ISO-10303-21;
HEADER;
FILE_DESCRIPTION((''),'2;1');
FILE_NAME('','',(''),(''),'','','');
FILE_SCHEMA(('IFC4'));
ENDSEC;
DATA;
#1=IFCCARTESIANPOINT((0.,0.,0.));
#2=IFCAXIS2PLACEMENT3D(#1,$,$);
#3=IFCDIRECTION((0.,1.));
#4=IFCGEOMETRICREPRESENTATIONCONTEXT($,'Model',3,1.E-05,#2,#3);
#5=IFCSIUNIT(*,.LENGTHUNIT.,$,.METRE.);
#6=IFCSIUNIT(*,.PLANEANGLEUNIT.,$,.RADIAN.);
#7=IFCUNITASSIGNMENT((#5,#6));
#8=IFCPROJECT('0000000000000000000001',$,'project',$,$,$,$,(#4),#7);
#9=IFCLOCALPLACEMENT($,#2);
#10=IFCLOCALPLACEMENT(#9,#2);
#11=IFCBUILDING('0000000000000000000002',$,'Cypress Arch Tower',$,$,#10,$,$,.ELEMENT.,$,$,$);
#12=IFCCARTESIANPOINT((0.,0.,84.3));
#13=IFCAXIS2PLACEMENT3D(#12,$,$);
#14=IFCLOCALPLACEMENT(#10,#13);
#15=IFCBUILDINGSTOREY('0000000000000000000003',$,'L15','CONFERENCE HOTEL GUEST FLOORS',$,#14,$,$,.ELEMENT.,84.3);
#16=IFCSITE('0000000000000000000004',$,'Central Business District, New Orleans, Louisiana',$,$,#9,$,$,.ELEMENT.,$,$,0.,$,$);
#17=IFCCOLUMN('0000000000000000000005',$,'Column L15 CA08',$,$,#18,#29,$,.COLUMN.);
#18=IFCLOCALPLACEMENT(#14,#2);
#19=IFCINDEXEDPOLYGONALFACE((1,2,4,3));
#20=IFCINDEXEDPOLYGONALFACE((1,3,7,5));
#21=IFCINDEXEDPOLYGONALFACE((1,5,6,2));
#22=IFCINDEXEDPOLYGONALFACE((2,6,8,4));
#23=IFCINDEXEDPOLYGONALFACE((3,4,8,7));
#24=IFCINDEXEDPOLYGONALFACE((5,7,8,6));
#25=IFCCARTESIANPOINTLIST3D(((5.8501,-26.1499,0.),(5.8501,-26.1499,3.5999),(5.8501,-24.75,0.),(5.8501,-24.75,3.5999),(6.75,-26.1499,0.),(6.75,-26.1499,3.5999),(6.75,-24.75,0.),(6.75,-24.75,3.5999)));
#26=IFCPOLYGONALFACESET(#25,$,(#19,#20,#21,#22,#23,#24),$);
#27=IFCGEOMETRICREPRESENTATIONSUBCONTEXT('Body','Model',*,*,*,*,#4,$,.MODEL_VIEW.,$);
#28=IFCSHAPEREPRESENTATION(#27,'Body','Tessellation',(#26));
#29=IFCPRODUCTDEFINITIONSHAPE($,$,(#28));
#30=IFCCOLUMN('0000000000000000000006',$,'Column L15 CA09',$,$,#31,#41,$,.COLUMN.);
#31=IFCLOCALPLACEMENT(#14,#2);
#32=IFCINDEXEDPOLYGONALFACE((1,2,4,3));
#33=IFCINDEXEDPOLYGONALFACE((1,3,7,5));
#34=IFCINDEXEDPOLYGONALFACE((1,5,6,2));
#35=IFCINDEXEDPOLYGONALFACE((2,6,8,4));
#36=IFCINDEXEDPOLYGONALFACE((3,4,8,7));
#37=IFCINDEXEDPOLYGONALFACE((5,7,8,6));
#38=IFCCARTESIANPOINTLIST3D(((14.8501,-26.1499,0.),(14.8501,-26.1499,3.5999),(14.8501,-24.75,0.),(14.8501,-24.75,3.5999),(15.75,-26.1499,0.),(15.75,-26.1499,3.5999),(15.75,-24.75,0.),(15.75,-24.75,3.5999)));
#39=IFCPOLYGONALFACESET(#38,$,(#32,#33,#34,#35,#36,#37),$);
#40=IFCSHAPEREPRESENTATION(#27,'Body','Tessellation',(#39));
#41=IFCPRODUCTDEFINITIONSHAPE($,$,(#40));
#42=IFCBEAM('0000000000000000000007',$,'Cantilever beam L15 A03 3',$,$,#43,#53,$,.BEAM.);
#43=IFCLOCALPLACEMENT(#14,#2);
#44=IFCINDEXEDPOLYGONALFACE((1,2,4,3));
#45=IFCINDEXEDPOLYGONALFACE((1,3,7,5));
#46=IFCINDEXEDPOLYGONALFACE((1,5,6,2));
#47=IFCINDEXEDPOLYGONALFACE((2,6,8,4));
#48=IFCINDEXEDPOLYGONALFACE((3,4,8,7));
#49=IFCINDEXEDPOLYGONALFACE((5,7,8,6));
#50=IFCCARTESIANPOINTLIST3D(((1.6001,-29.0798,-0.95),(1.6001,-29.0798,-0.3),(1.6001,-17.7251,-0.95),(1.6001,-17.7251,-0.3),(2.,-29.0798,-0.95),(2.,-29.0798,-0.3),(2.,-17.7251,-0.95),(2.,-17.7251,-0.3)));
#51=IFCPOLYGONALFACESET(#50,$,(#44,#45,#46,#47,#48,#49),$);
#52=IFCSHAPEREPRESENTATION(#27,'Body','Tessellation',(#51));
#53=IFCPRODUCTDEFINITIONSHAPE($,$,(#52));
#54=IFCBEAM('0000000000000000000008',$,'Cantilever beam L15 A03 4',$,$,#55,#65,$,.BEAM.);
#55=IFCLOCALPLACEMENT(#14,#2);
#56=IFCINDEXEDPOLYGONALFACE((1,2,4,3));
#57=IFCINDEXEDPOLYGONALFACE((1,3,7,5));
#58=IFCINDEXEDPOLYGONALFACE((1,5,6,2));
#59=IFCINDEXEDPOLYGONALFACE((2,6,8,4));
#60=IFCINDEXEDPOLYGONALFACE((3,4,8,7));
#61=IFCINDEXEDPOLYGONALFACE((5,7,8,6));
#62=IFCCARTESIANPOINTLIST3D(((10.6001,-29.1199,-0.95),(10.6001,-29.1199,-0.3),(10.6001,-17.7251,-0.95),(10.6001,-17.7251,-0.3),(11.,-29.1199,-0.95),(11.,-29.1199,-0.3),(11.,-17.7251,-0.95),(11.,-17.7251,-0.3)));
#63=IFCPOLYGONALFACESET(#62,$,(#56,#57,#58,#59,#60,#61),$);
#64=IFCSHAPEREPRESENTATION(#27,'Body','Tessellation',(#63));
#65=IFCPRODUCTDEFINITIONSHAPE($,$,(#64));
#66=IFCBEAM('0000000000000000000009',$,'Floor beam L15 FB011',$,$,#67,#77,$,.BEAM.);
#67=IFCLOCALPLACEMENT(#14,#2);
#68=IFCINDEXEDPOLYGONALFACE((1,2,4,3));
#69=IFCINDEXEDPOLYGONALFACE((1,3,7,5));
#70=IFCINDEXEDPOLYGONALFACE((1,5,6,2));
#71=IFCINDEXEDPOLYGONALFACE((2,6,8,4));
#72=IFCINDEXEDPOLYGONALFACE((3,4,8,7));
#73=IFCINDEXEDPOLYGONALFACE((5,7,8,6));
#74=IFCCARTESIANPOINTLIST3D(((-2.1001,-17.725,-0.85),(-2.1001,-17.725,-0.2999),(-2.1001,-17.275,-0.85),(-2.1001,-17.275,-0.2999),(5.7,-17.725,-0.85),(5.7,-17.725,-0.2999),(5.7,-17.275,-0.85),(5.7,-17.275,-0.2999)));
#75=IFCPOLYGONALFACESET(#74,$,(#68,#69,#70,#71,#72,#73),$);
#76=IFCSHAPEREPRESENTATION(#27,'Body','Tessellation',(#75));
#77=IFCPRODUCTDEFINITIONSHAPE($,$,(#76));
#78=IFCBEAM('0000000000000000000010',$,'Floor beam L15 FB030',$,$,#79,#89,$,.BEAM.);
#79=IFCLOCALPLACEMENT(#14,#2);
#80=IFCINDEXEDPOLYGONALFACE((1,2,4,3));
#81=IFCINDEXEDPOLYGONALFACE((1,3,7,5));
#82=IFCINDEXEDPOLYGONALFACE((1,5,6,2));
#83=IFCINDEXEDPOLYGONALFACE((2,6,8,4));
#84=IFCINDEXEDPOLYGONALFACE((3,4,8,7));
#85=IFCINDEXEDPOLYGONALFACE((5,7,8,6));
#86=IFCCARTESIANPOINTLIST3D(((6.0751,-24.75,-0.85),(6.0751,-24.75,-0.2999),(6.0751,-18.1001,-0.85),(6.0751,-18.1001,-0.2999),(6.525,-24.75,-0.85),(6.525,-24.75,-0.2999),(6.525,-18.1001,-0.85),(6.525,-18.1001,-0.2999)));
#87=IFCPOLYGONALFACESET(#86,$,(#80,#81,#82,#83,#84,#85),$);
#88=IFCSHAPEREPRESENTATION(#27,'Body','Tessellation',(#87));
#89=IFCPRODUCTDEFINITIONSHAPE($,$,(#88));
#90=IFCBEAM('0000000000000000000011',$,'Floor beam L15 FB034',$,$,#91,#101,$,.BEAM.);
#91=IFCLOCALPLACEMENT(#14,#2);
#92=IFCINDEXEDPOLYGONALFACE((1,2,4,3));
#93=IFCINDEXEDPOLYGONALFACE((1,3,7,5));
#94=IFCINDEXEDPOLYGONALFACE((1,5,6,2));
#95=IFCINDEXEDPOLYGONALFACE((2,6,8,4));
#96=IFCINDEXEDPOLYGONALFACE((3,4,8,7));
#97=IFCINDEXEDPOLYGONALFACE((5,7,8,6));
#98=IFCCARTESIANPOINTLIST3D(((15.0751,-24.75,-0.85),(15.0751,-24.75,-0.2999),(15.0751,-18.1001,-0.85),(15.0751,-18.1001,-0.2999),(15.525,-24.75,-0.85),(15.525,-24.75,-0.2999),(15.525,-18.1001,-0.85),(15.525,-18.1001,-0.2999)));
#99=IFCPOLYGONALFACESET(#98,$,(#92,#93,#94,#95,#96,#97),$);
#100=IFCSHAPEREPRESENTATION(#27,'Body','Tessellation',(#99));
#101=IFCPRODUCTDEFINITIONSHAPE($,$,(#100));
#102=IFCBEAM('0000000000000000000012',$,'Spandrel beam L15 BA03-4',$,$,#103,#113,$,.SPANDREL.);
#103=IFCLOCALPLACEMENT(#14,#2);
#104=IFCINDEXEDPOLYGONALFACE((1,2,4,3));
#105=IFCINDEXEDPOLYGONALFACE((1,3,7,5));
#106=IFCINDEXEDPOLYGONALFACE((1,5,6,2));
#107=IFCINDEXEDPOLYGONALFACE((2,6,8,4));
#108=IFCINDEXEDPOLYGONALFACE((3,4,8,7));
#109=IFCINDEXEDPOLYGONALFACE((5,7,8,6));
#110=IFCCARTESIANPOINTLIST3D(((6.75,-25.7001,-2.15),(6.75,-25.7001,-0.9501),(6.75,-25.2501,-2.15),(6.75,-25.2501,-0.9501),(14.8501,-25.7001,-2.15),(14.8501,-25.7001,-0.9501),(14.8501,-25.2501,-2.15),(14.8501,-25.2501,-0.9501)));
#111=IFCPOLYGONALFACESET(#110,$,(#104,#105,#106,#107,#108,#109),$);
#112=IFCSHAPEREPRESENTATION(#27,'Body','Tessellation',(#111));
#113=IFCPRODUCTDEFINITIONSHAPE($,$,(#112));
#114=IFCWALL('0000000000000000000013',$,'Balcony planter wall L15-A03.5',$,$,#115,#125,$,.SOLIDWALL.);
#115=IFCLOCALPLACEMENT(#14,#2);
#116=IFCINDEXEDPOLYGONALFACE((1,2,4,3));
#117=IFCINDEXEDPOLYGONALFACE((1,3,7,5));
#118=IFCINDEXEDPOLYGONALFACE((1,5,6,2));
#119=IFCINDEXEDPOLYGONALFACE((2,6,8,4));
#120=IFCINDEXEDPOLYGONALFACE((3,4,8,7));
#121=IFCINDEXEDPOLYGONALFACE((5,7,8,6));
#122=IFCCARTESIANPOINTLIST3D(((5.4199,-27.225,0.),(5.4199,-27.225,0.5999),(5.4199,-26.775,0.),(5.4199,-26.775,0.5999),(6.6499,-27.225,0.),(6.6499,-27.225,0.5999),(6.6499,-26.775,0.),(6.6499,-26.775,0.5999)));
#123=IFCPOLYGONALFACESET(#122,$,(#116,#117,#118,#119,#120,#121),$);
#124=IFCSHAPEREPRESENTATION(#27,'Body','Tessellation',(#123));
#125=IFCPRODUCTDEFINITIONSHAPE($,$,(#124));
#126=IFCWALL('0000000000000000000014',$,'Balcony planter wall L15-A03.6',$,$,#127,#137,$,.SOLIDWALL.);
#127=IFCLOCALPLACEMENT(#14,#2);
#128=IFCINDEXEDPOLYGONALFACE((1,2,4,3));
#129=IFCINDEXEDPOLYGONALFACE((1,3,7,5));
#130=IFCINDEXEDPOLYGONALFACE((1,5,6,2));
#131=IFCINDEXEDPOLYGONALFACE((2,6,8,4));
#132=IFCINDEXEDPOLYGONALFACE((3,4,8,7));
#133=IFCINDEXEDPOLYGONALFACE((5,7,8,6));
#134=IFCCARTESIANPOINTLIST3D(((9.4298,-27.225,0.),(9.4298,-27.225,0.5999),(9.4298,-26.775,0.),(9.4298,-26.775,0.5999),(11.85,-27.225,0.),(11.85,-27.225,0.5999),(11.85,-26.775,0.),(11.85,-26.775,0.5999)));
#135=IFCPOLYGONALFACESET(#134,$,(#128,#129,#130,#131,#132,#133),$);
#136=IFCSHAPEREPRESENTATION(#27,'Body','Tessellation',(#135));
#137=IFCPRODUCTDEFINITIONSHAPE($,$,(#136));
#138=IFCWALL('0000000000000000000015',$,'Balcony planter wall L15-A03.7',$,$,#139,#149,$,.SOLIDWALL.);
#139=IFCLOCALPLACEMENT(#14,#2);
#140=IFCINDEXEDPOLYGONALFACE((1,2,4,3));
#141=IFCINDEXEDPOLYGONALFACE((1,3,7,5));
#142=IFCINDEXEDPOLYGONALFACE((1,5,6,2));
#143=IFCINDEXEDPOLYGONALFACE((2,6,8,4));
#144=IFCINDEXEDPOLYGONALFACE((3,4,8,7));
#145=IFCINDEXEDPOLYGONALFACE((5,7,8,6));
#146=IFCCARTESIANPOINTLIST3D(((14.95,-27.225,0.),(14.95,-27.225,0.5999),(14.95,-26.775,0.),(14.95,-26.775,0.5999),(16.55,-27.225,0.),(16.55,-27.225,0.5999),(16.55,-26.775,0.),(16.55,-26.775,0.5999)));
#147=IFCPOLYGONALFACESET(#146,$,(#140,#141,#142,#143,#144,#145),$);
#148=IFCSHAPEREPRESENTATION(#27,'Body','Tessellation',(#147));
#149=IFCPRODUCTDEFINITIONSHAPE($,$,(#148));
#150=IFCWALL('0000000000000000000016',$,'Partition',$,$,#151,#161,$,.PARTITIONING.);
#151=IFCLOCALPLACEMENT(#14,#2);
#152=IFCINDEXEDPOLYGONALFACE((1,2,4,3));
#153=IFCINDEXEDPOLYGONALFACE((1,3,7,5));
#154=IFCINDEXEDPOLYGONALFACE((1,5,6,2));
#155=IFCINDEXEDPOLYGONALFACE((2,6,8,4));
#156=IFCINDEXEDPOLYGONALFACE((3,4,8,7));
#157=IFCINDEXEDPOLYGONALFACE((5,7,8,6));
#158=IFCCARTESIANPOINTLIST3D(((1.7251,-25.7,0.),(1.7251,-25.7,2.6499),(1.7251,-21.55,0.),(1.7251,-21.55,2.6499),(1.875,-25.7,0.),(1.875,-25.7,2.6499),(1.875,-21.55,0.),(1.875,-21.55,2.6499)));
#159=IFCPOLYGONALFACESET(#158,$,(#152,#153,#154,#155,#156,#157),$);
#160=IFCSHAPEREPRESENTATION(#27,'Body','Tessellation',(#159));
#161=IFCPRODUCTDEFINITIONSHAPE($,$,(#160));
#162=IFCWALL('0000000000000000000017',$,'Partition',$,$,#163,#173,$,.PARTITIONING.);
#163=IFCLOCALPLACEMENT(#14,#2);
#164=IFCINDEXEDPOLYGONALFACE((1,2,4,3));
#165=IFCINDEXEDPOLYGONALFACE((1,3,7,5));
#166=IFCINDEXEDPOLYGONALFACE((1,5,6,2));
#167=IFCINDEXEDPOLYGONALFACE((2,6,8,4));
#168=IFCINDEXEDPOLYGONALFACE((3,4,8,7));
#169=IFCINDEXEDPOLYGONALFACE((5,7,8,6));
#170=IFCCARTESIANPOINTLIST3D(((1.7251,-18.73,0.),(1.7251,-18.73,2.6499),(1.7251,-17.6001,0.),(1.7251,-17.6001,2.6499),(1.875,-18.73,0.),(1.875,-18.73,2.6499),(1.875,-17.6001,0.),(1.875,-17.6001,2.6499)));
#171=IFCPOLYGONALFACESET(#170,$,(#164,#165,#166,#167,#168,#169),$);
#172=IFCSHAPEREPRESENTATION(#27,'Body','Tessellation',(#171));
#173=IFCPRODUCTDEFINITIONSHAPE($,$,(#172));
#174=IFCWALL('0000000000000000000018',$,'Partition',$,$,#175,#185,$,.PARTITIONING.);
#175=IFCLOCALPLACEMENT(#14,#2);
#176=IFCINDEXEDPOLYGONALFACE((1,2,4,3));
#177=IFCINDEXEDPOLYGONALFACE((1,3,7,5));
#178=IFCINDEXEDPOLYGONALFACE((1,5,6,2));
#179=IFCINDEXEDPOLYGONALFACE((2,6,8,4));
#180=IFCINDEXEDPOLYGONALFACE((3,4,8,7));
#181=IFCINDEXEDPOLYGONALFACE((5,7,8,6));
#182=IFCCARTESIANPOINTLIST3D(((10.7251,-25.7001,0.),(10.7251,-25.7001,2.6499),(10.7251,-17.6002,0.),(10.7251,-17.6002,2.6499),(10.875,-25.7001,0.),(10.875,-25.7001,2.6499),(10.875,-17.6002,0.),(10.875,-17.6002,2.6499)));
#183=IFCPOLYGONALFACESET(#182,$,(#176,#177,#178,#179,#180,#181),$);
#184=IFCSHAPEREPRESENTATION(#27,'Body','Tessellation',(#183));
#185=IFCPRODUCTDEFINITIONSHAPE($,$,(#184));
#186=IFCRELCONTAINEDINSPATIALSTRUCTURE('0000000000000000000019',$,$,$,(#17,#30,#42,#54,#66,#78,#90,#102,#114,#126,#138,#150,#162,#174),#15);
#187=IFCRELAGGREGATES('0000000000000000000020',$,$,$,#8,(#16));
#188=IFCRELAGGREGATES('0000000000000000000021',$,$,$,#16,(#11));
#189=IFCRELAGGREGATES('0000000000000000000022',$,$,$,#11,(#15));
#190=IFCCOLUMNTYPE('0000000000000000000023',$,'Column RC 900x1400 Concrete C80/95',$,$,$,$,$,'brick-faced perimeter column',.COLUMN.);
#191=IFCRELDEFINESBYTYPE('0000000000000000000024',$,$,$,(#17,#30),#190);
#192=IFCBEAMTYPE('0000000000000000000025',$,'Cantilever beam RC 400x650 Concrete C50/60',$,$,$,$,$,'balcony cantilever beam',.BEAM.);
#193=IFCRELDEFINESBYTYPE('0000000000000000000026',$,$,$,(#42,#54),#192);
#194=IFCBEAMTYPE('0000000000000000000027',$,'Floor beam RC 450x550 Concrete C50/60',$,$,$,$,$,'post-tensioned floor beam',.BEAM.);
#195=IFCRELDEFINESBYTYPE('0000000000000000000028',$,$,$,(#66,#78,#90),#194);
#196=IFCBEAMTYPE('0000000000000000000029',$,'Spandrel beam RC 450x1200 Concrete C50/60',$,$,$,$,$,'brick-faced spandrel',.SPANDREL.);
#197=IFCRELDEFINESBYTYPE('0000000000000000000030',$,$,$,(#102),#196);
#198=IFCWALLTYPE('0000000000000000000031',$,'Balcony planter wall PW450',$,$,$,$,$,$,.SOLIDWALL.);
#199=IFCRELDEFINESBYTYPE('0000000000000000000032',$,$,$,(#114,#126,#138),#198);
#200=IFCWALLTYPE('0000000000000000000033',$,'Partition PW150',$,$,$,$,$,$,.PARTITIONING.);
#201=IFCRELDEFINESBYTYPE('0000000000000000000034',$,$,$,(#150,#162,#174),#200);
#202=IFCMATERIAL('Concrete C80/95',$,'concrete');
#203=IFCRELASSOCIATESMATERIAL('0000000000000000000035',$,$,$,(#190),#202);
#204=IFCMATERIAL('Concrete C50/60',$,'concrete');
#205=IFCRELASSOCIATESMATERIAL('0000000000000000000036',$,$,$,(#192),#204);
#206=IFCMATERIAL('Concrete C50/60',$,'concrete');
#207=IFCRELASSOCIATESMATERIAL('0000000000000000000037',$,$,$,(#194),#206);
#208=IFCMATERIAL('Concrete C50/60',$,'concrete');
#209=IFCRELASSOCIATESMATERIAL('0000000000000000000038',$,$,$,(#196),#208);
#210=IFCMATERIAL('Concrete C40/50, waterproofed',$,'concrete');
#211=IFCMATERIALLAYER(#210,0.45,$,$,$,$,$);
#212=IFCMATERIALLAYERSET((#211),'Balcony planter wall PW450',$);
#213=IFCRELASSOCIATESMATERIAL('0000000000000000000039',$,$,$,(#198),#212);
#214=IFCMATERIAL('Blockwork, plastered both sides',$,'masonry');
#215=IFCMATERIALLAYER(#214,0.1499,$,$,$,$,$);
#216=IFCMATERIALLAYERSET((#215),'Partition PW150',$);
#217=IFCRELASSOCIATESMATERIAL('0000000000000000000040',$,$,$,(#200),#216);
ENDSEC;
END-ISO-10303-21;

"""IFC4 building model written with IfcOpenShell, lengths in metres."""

from ifc_helpers import new_model, si_unit, direction, frame, frame_2d, origin, origin_2d, place, context, subcontext, project, spatial, rectangle, extrude, material, layer, layer_set, material_profile, profile_set, type_object, element, save


model = new_model("IFC4")

# Units and contexts
model_context = context("Model", 3, precision=1e-05, world=origin(), true_north=direction((0.0, 1.0)))
body_context = subcontext(model_context, "Body", "Model", "MODEL_VIEW")
ifc_project = project(units=[si_unit("LENGTHUNIT", "METRE"), si_unit("PLANEANGLEUNIT", "RADIAN")], contexts=[model_context])

# Site, building, storey
site_placement = place(None, origin())
site = spatial("IfcSite", under=ifc_project, at=site_placement, Name="Central Business District, New Orleans, Louisiana", CompositionType="ELEMENT", RefElevation=0.0)
building_placement = place(site_placement, origin())
building = spatial("IfcBuilding", under=site, at=building_placement, Name="Cypress Arch Tower", CompositionType="ELEMENT")
storey_placement = place(building_placement, frame((0.0, 0.0, 84.3)))
storey = spatial("IfcBuildingStorey", under=building, at=storey_placement, Name="L15", Description="CONFERENCE HOTEL GUEST FLOORS", CompositionType="ELEMENT", Elevation=84.3)

# Columns
ifc_material_1 = material(Name="Concrete C80/95", Category="concrete")
ifc_material_profile_1 = material_profile(ifc_material_1, rectangle(XDim=0.8999, YDim=1.3999, at=origin_2d()), Name="RC 900x1400")
ifc_profile_set_1 = profile_set([ifc_material_profile_1], Name="Concrete C80/95")
column_type = type_object("IfcColumnType", Name="Column RC 900x1400 Concrete C80/95", ElementType="brick-faced perimeter column", PredefinedType="COLUMN", material=ifc_profile_set_1)
for number, where, z_axis, x_axis, name in (
    (1, (6.3, -25.45, 0.0), (0.0, 0.0, 1.0), (1.0, 0.0, 0.0), "Column L15 CA08"),
    (2, (15.3, -25.45, 0.0), (0.0, 0.0, 1.0), (1.0, 0.0, 0.0), "Column L15 CA09"),
):
    element("IfcColumn", number, at=place(storey_placement, frame(where, z_axis=z_axis, x_axis=x_axis)), inside=storey, type_object=column_type, Name=name, PredefinedType="COLUMN", context=body_context, shape_type="SweptSolid", body=[
        extrude(rectangle(XDim=0.8999, YDim=1.3999, at=origin_2d()), origin(), (0.0, 0.0, 1.0), 3.5999),
    ])

# Beams
ifc_material_2 = material(Name="Concrete C50/60", Category="concrete")
ifc_material_profile_2 = material_profile(ifc_material_2, rectangle(XDim=0.3999, YDim=0.6499, at=origin_2d()), Name="RC 400x650")
ifc_profile_set_2 = profile_set([ifc_material_profile_2], Name="Concrete C50/60")
beam_type_1 = type_object("IfcBeamType", Name="Cantilever beam RC 400x650 Concrete C50/60", ElementType="balcony cantilever beam", PredefinedType="BEAM", material=ifc_profile_set_2)
beam_1_placement = place(storey_placement, frame((1.8, -17.7251, -0.625), z_axis=(0.0, -1.0, 0.0), x_axis=(1.0, 0.0, 0.0)))
element("IfcBeam", 3, at=beam_1_placement, inside=storey, type_object=beam_type_1, Name="Cantilever beam L15 A03 3", PredefinedType="BEAM", context=body_context, shape_type="SweptSolid", body=[
    extrude(rectangle(XDim=0.3999, YDim=0.6499, at=origin_2d()), origin(), (0.0, 0.0, 1.0), 11.3547),
])
beam_2_placement = place(storey_placement, frame((10.8, -17.7251, -0.625), z_axis=(0.0, -1.0, 0.0), x_axis=(1.0, 0.0, 0.0)))
element("IfcBeam", 4, at=beam_2_placement, inside=storey, type_object=beam_type_1, Name="Cantilever beam L15 A03 4", PredefinedType="BEAM", context=body_context, shape_type="SweptSolid", body=[
    extrude(rectangle(XDim=0.3999, YDim=0.6499, at=origin_2d()), origin(), (0.0, 0.0, 1.0), 11.3948),
])
ifc_material_3 = material(Name="Concrete C50/60", Category="concrete")
ifc_material_profile_3 = material_profile(ifc_material_3, rectangle(XDim=0.45, YDim=0.55, at=origin_2d()), Name="RC 450x550")
ifc_profile_set_3 = profile_set([ifc_material_profile_3], Name="Concrete C50/60")
beam_type_2 = type_object("IfcBeamType", Name="Floor beam RC 450x550 Concrete C50/60", ElementType="post-tensioned floor beam", PredefinedType="BEAM", material=ifc_profile_set_3)
beam_3_placement = place(storey_placement, frame((-2.1001, -17.5, -0.575), z_axis=(1.0, 0.0, 0.0), x_axis=(0.0, 1.0, 0.0)))
element("IfcBeam", 5, at=beam_3_placement, inside=storey, type_object=beam_type_2, Name="Floor beam L15 FB011", PredefinedType="BEAM", context=body_context, shape_type="SweptSolid", body=[
    extrude(rectangle(XDim=0.45, YDim=0.55, at=origin_2d()), origin(), (0.0, 0.0, 1.0), 7.8),
])
for number, where, z_axis, x_axis, name in (
    (6, (6.3, -24.75, -0.575), (0.0, 1.0, 0.0), (-1.0, 0.0, 0.0), "Floor beam L15 FB030"),
    (7, (15.3, -24.75, -0.575), (0.0, 1.0, 0.0), (-1.0, 0.0, 0.0), "Floor beam L15 FB034"),
):
    element("IfcBeam", number, at=place(storey_placement, frame(where, z_axis=z_axis, x_axis=x_axis)), inside=storey, type_object=beam_type_2, Name=name, PredefinedType="BEAM", context=body_context, shape_type="SweptSolid", body=[
        extrude(rectangle(XDim=0.45, YDim=0.55, at=origin_2d()), origin(), (0.0, 0.0, 1.0), 6.6499),
    ])
ifc_material_4 = material(Name="Concrete C50/60", Category="concrete")
ifc_material_profile_4 = material_profile(ifc_material_4, rectangle(XDim=0.45, YDim=1.2, at=origin_2d()), Name="RC 450x1200")
ifc_profile_set_4 = profile_set([ifc_material_profile_4], Name="Concrete C50/60")
beam_type_3 = type_object("IfcBeamType", Name="Spandrel beam RC 450x1200 Concrete C50/60", ElementType="brick-faced spandrel", PredefinedType="SPANDREL", material=ifc_profile_set_4)
beam_4_placement = place(storey_placement, frame((6.75, -25.4751, -1.55), z_axis=(1.0, 0.0, 0.0), x_axis=(0.0, 1.0, 0.0)))
element("IfcBeam", 8, at=beam_4_placement, inside=storey, type_object=beam_type_3, Name="Spandrel beam L15 BA03-4", PredefinedType="SPANDREL", context=body_context, shape_type="SweptSolid", body=[
    extrude(rectangle(XDim=0.45, YDim=1.2, at=origin_2d()), origin(), (0.0, 0.0, 1.0), 8.1001),
])

# Walls
ifc_material_5 = material(Name="Concrete C40/50, waterproofed", Category="concrete")
ifc_layer_1 = layer(ifc_material_5, 0.45)
ifc_layer_set_1 = layer_set([ifc_layer_1], Name="Balcony planter wall PW450")
wall_type_1 = type_object("IfcWallType", Name="Balcony planter wall PW450", PredefinedType="SOLIDWALL", material=ifc_layer_set_1)
wall_1_placement = place(storey_placement, frame((5.4199, -27.0, 0.0), z_axis=(0.0, 0.0, 1.0), x_axis=(1.0, 0.0, 0.0)))
element("IfcWall", 9, at=wall_1_placement, inside=storey, type_object=wall_type_1, Name="Balcony planter wall L15-A03.5", PredefinedType="SOLIDWALL", context=body_context, shape_type="SweptSolid", body=[
    extrude(rectangle(XDim=1.23, YDim=0.45, at=frame_2d((0.615, 0.0))), origin(), (0.0, 0.0, 1.0), 0.5999),
])
wall_2_placement = place(storey_placement, frame((9.4299, -27.0, 0.0), z_axis=(0.0, 0.0, 1.0), x_axis=(1.0, 0.0, 0.0)))
element("IfcWall", 10, at=wall_2_placement, inside=storey, type_object=wall_type_1, Name="Balcony planter wall L15-A03.6", PredefinedType="SOLIDWALL", context=body_context, shape_type="SweptSolid", body=[
    extrude(rectangle(XDim=2.4202, YDim=0.45, at=frame_2d((1.21, 0.0))), origin(), (0.0, 0.0, 1.0), 0.5999),
])
wall_3_placement = place(storey_placement, frame((14.95, -27.0, 0.0), z_axis=(0.0, 0.0, 1.0), x_axis=(1.0, 0.0, 0.0)))
element("IfcWall", 11, at=wall_3_placement, inside=storey, type_object=wall_type_1, Name="Balcony planter wall L15-A03.7", PredefinedType="SOLIDWALL", context=body_context, shape_type="SweptSolid", body=[
    extrude(rectangle(XDim=1.6001, YDim=0.45, at=frame_2d((0.8, 0.0))), origin(), (0.0, 0.0, 1.0), 0.5999),
])

# Walls
ifc_material_6 = material(Name="Blockwork, plastered both sides", Category="masonry")
ifc_layer_2 = layer(ifc_material_6, 0.1499)
ifc_layer_set_2 = layer_set([ifc_layer_2], Name="Partition PW150")
wall_type_2 = type_object("IfcWallType", Name="Partition PW150", PredefinedType="PARTITIONING", material=ifc_layer_set_2)
wall_4_placement = place(storey_placement, frame((1.8, -25.7, 0.0), z_axis=(0.0, 0.0, 1.0), x_axis=(0.0, 1.0, 0.0)))
element("IfcWall", 12, at=wall_4_placement, inside=storey, type_object=wall_type_2, Name="Partition", PredefinedType="PARTITIONING", context=body_context, shape_type="SweptSolid", body=[
    extrude(rectangle(XDim=4.1499, YDim=0.1499, at=frame_2d((2.075, 0.0))), origin(), (0.0, 0.0, 1.0), 2.6499),
])
wall_5_placement = place(storey_placement, frame((1.8, -18.73, 0.0), z_axis=(0.0, 0.0, 1.0), x_axis=(0.0, 1.0, 0.0)))
element("IfcWall", 13, at=wall_5_placement, inside=storey, type_object=wall_type_2, Name="Partition", PredefinedType="PARTITIONING", context=body_context, shape_type="SweptSolid", body=[
    extrude(rectangle(XDim=1.1299, YDim=0.1499, at=frame_2d((0.5649, 0.0))), origin(), (0.0, 0.0, 1.0), 2.6499),
])
wall_6_placement = place(storey_placement, frame((10.8, -25.7, 0.0), z_axis=(0.0, 0.0, 1.0), x_axis=(0.0, 1.0, 0.0)))
element("IfcWall", 14, at=wall_6_placement, inside=storey, type_object=wall_type_2, Name="Partition", PredefinedType="PARTITIONING", context=body_context, shape_type="SweptSolid", body=[
    extrude(rectangle(XDim=8.0999, YDim=0.1499, at=frame_2d((4.0498, 0.0))), origin(), (0.0, 0.0, 1.0), 2.6499),
])

save(model, "model.ifc")
